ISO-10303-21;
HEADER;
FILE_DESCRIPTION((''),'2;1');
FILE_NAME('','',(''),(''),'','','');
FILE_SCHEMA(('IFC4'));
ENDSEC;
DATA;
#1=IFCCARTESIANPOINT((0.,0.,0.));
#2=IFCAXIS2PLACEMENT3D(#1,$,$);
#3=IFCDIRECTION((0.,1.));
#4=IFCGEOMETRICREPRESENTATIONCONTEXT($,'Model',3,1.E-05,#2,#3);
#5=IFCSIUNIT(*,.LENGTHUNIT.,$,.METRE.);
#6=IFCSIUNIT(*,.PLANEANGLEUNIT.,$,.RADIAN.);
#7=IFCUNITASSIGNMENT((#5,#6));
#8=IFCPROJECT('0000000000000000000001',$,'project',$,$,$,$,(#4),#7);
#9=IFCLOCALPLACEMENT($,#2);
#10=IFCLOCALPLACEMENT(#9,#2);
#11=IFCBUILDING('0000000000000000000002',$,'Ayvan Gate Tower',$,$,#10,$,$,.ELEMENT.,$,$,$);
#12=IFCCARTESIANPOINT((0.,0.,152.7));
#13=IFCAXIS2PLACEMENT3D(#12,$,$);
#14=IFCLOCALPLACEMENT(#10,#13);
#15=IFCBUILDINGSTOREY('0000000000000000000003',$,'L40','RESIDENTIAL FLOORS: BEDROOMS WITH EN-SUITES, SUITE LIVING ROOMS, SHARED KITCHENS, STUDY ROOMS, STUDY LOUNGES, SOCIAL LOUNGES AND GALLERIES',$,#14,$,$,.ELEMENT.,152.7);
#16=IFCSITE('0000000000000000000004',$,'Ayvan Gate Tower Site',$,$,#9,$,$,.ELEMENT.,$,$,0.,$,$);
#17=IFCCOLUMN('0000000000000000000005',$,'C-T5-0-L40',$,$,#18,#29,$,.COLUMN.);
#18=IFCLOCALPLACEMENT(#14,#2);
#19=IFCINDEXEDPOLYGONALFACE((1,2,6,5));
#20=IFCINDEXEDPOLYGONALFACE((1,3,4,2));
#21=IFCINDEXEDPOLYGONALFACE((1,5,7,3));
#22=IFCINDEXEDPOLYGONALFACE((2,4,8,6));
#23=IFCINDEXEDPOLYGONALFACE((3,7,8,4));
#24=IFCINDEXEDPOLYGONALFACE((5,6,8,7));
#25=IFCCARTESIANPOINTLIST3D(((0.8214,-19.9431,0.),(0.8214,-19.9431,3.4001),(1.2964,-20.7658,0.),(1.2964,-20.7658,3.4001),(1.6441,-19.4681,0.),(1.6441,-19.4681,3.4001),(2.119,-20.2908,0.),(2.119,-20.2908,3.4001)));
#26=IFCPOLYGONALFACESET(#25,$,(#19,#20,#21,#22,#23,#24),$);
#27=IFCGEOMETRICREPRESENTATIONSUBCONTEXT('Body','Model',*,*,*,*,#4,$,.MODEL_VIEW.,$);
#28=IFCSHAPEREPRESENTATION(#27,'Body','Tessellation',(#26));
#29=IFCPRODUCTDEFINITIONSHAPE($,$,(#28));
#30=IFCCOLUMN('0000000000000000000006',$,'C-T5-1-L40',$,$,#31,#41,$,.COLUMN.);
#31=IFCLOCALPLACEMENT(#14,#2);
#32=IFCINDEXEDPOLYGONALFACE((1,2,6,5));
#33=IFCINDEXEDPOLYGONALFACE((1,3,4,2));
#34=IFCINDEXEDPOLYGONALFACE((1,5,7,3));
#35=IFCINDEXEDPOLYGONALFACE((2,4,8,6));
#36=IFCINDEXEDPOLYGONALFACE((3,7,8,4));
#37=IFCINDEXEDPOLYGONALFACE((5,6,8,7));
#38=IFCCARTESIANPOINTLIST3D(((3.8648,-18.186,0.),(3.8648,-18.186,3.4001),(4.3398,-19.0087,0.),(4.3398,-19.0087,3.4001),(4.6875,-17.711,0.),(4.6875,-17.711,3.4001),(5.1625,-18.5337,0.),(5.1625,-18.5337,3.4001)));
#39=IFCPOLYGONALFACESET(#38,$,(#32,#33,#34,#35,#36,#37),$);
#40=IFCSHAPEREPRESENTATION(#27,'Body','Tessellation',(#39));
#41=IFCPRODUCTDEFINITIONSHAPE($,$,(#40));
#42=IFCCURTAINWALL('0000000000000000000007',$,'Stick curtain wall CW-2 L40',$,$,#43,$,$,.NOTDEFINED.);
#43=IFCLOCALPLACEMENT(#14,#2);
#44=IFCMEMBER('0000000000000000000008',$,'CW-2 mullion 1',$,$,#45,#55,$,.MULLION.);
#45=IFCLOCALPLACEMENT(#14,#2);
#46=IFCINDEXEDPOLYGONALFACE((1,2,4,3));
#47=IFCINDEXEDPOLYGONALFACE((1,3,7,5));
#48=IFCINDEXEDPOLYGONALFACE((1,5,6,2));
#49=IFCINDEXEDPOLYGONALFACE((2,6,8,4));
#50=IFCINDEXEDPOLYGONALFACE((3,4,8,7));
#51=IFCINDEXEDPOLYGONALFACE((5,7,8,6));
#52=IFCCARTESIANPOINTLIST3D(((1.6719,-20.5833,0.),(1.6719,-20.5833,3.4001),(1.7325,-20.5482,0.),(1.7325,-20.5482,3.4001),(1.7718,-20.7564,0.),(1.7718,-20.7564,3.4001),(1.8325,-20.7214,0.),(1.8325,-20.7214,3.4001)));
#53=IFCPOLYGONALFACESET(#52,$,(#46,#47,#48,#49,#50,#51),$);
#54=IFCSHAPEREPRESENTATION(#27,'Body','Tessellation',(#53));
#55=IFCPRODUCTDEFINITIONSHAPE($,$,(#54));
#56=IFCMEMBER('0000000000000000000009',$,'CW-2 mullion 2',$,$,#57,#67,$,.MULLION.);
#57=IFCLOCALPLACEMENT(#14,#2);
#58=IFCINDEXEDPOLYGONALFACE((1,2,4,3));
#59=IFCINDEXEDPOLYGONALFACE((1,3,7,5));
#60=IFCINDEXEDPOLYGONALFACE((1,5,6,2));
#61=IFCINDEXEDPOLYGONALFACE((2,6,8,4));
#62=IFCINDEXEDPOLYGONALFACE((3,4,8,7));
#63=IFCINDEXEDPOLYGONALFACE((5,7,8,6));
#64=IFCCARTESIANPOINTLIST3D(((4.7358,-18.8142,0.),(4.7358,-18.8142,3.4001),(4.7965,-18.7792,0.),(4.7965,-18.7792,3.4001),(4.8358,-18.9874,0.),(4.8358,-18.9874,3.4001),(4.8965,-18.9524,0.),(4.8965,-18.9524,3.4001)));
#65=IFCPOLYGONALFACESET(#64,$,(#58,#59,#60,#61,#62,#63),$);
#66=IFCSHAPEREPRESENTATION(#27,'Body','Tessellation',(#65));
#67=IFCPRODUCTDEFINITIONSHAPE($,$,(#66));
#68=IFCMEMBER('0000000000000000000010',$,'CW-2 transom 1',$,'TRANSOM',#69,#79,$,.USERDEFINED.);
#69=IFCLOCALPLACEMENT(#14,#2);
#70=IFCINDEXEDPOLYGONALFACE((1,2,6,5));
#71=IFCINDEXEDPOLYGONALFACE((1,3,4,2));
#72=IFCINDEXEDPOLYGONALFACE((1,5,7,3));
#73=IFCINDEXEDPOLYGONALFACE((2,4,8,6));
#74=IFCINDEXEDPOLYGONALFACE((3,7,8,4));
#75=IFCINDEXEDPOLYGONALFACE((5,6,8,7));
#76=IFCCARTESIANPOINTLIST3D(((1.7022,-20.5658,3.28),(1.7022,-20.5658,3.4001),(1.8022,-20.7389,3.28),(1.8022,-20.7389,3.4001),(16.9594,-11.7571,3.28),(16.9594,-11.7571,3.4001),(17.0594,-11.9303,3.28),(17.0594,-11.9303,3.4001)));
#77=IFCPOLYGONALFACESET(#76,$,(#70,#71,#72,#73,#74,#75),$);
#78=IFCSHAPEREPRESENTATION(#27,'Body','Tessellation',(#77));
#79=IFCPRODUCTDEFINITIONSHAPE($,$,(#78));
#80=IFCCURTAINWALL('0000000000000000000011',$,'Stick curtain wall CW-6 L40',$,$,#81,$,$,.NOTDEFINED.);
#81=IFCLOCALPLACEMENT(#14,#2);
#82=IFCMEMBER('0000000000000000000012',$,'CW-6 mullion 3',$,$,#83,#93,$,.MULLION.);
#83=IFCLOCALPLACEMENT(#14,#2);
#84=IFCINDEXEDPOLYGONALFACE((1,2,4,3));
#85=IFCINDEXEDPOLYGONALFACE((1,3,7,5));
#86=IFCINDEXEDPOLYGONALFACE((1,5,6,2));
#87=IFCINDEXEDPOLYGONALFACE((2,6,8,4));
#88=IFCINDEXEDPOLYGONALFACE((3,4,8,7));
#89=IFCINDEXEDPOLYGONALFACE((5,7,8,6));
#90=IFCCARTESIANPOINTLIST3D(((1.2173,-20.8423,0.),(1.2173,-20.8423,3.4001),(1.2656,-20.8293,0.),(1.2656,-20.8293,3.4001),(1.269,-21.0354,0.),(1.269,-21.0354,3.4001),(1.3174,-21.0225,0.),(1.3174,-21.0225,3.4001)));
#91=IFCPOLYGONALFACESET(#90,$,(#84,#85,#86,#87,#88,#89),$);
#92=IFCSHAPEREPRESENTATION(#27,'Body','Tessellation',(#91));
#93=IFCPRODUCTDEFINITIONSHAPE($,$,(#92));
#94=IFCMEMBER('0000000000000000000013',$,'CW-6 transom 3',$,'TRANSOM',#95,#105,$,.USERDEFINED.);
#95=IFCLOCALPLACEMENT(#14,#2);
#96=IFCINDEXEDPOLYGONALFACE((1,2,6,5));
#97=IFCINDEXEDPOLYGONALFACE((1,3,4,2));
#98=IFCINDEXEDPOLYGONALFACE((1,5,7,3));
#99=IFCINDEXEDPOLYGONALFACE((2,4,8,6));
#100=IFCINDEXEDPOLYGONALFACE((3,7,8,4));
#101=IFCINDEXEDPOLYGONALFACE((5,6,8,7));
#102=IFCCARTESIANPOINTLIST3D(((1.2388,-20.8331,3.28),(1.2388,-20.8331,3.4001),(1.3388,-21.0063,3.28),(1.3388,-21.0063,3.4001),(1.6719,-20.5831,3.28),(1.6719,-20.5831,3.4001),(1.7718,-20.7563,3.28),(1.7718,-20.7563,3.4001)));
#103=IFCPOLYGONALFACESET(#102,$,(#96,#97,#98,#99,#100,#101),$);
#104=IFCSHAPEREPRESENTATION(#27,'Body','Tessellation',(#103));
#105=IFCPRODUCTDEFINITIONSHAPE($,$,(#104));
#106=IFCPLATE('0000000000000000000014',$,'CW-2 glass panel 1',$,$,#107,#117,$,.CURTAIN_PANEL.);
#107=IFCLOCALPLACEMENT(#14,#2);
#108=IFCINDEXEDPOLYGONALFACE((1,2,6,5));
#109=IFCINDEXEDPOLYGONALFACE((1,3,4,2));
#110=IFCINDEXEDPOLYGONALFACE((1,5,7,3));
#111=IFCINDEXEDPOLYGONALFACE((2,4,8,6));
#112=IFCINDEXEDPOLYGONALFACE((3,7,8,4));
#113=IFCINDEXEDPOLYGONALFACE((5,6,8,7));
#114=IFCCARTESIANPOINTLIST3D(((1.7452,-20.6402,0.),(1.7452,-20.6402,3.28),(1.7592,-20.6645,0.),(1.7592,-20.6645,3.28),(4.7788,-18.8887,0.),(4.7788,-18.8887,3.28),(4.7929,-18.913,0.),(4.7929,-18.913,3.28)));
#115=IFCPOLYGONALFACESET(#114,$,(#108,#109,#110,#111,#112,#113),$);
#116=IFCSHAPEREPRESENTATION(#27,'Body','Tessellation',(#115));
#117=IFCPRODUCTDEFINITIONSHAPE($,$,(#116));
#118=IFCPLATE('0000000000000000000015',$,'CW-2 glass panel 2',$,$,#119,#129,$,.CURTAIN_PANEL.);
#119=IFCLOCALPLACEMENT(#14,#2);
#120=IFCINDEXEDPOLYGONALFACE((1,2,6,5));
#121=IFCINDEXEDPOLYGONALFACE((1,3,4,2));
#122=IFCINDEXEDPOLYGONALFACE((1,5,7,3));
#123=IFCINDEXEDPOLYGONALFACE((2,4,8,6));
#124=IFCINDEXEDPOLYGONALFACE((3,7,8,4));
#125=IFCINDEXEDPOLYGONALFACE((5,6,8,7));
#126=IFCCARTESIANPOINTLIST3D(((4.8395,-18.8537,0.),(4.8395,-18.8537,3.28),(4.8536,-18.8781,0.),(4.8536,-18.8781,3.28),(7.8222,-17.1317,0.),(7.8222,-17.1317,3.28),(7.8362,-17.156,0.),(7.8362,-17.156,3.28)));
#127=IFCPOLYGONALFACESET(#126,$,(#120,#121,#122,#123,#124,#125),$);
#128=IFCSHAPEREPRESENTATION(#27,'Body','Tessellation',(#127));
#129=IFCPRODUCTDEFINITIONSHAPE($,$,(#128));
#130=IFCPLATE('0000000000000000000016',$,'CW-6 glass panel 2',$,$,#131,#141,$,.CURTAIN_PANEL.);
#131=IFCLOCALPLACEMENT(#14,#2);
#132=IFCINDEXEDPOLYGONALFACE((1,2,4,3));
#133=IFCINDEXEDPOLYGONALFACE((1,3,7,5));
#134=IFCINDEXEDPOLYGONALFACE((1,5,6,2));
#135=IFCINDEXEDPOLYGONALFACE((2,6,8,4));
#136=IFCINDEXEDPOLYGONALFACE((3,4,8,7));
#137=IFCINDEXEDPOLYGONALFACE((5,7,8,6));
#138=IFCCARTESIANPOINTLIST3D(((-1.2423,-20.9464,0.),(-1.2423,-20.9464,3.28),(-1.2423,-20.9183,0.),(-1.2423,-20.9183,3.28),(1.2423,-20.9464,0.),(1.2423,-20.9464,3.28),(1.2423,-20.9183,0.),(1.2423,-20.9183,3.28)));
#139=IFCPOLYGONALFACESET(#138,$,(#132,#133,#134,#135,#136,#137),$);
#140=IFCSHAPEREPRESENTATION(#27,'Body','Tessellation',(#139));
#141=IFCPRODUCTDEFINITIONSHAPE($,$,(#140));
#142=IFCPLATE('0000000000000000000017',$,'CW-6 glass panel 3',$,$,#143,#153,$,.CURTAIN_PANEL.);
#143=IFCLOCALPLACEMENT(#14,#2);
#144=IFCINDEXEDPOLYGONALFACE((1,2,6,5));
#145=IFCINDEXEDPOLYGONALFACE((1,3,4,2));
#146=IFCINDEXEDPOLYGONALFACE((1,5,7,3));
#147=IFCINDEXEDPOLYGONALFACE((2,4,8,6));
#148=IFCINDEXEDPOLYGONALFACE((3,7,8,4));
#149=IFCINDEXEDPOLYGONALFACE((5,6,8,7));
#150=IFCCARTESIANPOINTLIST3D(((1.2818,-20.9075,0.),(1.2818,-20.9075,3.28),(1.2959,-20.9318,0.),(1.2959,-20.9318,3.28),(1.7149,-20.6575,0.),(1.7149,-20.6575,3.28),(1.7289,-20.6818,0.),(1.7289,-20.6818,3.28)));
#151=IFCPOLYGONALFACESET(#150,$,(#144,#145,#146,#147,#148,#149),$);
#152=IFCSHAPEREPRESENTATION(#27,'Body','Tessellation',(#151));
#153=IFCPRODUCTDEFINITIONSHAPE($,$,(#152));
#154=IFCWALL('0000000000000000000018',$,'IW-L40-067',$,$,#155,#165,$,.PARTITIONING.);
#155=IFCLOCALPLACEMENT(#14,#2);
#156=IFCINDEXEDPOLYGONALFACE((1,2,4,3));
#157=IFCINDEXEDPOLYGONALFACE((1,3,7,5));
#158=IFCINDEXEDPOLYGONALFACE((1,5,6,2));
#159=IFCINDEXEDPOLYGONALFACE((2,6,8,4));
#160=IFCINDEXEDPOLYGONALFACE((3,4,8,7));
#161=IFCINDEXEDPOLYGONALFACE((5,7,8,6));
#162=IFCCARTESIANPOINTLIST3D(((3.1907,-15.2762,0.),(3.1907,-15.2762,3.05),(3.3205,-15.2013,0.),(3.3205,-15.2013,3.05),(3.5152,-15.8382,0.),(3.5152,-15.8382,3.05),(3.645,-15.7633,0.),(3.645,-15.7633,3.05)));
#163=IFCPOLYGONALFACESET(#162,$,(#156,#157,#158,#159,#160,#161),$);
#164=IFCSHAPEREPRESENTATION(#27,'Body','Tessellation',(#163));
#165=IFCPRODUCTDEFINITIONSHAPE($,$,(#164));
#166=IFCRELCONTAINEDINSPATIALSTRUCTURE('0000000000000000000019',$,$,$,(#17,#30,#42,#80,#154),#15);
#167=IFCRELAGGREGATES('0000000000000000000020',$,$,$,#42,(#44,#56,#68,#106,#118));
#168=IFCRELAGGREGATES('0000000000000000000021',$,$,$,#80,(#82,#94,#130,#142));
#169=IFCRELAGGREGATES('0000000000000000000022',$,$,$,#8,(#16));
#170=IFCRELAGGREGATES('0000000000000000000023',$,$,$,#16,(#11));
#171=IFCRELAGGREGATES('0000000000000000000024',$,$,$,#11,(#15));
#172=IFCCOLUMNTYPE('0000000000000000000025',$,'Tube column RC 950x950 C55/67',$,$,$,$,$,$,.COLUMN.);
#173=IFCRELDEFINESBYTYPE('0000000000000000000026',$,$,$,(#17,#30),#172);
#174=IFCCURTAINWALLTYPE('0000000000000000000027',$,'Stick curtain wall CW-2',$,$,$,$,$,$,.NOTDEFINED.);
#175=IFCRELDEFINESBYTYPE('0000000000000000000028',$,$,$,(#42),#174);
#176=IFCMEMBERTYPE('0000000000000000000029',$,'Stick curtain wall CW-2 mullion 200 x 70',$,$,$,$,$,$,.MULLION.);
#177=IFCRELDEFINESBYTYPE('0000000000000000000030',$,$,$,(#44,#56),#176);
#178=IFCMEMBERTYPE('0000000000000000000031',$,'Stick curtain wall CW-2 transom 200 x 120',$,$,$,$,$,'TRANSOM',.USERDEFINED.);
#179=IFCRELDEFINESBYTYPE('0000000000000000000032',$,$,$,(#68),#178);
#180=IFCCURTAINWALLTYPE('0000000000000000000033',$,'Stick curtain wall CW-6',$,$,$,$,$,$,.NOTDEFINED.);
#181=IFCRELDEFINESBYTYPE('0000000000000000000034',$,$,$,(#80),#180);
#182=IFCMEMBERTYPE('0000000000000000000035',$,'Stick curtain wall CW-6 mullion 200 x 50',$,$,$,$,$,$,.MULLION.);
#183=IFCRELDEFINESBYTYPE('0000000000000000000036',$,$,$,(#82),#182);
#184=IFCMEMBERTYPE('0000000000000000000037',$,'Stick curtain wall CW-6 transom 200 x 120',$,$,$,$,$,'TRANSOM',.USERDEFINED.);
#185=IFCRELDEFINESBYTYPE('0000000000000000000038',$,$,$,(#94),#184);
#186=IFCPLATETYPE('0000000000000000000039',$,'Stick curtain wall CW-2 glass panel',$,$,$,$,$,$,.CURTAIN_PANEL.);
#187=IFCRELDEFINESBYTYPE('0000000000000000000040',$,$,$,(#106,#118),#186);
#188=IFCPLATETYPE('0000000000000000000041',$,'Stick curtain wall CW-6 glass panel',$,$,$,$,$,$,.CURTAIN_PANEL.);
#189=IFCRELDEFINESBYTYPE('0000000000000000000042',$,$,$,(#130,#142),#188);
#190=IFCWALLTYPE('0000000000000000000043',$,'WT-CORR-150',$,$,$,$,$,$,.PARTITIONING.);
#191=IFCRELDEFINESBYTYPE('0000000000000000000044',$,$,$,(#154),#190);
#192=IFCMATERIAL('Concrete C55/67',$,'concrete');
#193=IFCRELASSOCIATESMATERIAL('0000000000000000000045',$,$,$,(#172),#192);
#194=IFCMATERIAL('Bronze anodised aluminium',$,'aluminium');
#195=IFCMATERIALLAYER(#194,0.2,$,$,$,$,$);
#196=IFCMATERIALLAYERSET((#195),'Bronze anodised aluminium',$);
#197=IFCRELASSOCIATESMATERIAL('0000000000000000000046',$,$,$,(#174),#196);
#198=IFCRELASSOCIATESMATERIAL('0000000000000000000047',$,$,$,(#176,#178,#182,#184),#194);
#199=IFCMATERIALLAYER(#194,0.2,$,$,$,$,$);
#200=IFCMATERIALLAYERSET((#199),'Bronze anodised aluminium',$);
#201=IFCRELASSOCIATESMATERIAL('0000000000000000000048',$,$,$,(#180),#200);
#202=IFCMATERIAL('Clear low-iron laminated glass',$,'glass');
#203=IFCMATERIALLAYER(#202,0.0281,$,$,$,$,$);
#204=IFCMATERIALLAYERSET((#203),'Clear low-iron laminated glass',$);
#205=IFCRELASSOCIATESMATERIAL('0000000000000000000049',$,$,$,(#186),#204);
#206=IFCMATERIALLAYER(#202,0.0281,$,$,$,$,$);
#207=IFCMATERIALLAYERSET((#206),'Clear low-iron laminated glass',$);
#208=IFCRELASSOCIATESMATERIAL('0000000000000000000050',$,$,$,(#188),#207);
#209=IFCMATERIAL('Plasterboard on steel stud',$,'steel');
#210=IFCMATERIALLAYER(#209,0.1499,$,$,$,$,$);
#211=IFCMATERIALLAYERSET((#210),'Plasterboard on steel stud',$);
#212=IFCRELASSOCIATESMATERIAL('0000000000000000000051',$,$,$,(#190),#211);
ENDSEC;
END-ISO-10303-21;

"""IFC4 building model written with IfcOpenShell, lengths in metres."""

from ifc_helpers import new_model, si_unit, direction, frame, frame_2d, origin, origin_2d, place, context, subcontext, project, spatial, rectangle, extrude, material, layer, layer_set, material_profile, profile_set, type_object, element, aggregate, save


model = new_model("IFC4")

# Units and contexts
model_context = context("Model", 3, precision=1e-05, world=origin(), true_north=direction((0.0, 1.0)))
body_context = subcontext(model_context, "Body", "Model", "MODEL_VIEW")
ifc_project = project(units=[si_unit("LENGTHUNIT", "METRE"), si_unit("PLANEANGLEUNIT", "RADIAN")], contexts=[model_context])

# Site, building, storey
site_placement = place(None, origin())
site = spatial("IfcSite", under=ifc_project, at=site_placement, Name="Ayvan Gate Tower Site", CompositionType="ELEMENT", RefElevation=0.0)
building_placement = place(site_placement, origin())
building = spatial("IfcBuilding", under=site, at=building_placement, Name="Ayvan Gate Tower", CompositionType="ELEMENT")
storey_placement = place(building_placement, frame((0.0, 0.0, 152.7)))
storey = spatial("IfcBuildingStorey", under=building, at=storey_placement, Name="L40", Description="RESIDENTIAL FLOORS: BEDROOMS WITH EN-SUITES, SUITE LIVING ROOMS, SHARED KITCHENS, STUDY ROOMS, STUDY LOUNGES, SOCIAL LOUNGES AND GALLERIES", CompositionType="ELEMENT", Elevation=152.7)

# Columns
ifc_material_1 = material(Name="Concrete C55/67", Category="concrete")
ifc_material_profile_1 = material_profile(ifc_material_1, rectangle(XDim=0.95, YDim=0.95, at=origin_2d()), Name="RC 950x950")
ifc_profile_set_1 = profile_set([ifc_material_profile_1], Name="Concrete C55/67")
column_type = type_object("IfcColumnType", Name="Tube column RC 950x950 C55/67", PredefinedType="COLUMN", material=ifc_profile_set_1)
for number, where, z_axis, x_axis, name in (
    (1, (1.4702, -20.1169, 0.0), (0.0, 0.0, 1.0), (0.5, -0.866025, 0.0), "C-T5-0-L40"),
    (2, (4.5137, -18.3599, 0.0), (0.0, 0.0, 1.0), (0.5, -0.866025, 0.0), "C-T5-1-L40"),
):
    element("IfcColumn", number, at=place(storey_placement, frame(where, z_axis=z_axis, x_axis=x_axis)), inside=storey, type_object=column_type, Name=name, PredefinedType="COLUMN", context=body_context, shape_type="SweptSolid", body=[
        extrude(rectangle(XDim=0.95, YDim=0.95, at=origin_2d()), origin(), (0.0, 0.0, 1.0), 3.4001),
    ])

# Curtain walls, members
ifc_material_2 = material(Name="Bronze anodised aluminium", Category="aluminium")
ifc_layer_1 = layer(ifc_material_2, 0.2)
ifc_layer_set_1 = layer_set([ifc_layer_1], Name="Bronze anodised aluminium")
curtain_wall_type_1 = type_object("IfcCurtainWallType", Name="Stick curtain wall CW-2", PredefinedType="NOTDEFINED", material=ifc_layer_set_1)
curtain_wall_1_placement = place(storey_placement, origin())
curtain_wall_1 = element("IfcCurtainWall", 3, at=curtain_wall_1_placement, inside=storey, type_object=curtain_wall_type_1, Name="Stick curtain wall CW-2 L40", PredefinedType="NOTDEFINED")
ifc_material_profile_2 = material_profile(ifc_material_2, rectangle(XDim=0.2, YDim=0.0701, at=origin_2d()), Name="Stick curtain wall CW-2 mullion 200 x 70")
ifc_profile_set_2 = profile_set([ifc_material_profile_2], Name="Bronze anodised aluminium")
member_type_1 = type_object("IfcMemberType", Name="Stick curtain wall CW-2 mullion 200 x 70", PredefinedType="MULLION", material=ifc_profile_set_2)
member_1_placement = place(storey_placement, frame((1.7522, -20.6523, 0.0), z_axis=(0.0, 0.0, 1.0), x_axis=(0.5, -0.866025, 0.0)))
member_1 = element("IfcMember", 4, at=member_1_placement, type_object=member_type_1, Name="CW-2 mullion 1", PredefinedType="MULLION", context=body_context, shape_type="SweptSolid", body=[
    extrude(rectangle(XDim=0.2, YDim=0.0701, at=origin_2d()), origin(), (0.0, 0.0, 1.0), 3.4001),
])
member_2_placement = place(storey_placement, frame((4.8162, -18.8833, 0.0), z_axis=(0.0, 0.0, 1.0), x_axis=(0.5, -0.866025, 0.0)))
member_2 = element("IfcMember", 5, at=member_2_placement, type_object=member_type_1, Name="CW-2 mullion 2", PredefinedType="MULLION", context=body_context, shape_type="SweptSolid", body=[
    extrude(rectangle(XDim=0.2, YDim=0.0701, at=origin_2d()), origin(), (0.0, 0.0, 1.0), 3.4001),
])
ifc_material_profile_3 = material_profile(ifc_material_2, rectangle(XDim=0.2, YDim=0.1201, at=origin_2d()), Name="Stick curtain wall CW-2 transom 200 x 120")
ifc_profile_set_3 = profile_set([ifc_material_profile_3], Name="Bronze anodised aluminium")
member_type_2 = type_object("IfcMemberType", Name="Stick curtain wall CW-2 transom 200 x 120", ElementType="TRANSOM", PredefinedType="USERDEFINED", material=ifc_profile_set_3)
member_3_placement = place(storey_placement, frame((1.7522, -20.6523, 3.3401), z_axis=(0.866028, 0.499996, 0.0), x_axis=(-0.499996, 0.866028, 0.0)))
member_3 = element("IfcMember", 6, at=member_3_placement, type_object=member_type_2, Name="CW-2 transom 1", ObjectType="TRANSOM", PredefinedType="USERDEFINED", context=body_context, shape_type="SweptSolid", body=[
    extrude(rectangle(XDim=0.2, YDim=0.1201, at=origin_2d()), origin(), (0.0, 0.0, 1.0), 17.6174),
])
ifc_layer_2 = layer(ifc_material_2, 0.2)
ifc_layer_set_2 = layer_set([ifc_layer_2], Name="Bronze anodised aluminium")
curtain_wall_type_2 = type_object("IfcCurtainWallType", Name="Stick curtain wall CW-6", PredefinedType="NOTDEFINED", material=ifc_layer_set_2)
curtain_wall_2_placement = place(storey_placement, origin())
curtain_wall_2 = element("IfcCurtainWall", 7, at=curtain_wall_2_placement, inside=storey, type_object=curtain_wall_type_2, Name="Stick curtain wall CW-6 L40", PredefinedType="NOTDEFINED")
ifc_material_profile_4 = material_profile(ifc_material_2, rectangle(XDim=0.2, YDim=0.05, at=origin_2d()), Name="Stick curtain wall CW-6 mullion 200 x 50")
ifc_profile_set_4 = profile_set([ifc_material_profile_4], Name="Bronze anodised aluminium")
member_type_3 = type_object("IfcMemberType", Name="Stick curtain wall CW-6 mullion 200 x 50", PredefinedType="MULLION", material=ifc_profile_set_4)
member_4_placement = place(storey_placement, frame((1.2673, -20.9324, 0.0), z_axis=(0.0, 0.0, 1.0), x_axis=(0.258819, -0.965926, 0.0)))
member_4 = element("IfcMember", 8, at=member_4_placement, type_object=member_type_3, Name="CW-6 mullion 3", PredefinedType="MULLION", context=body_context, shape_type="SweptSolid", body=[
    extrude(rectangle(XDim=0.2, YDim=0.05, at=origin_2d()), origin(), (0.0, 0.0, 1.0), 3.4001),
])
ifc_material_profile_5 = material_profile(ifc_material_2, rectangle(XDim=0.2, YDim=0.1201, at=origin_2d()), Name="Stick curtain wall CW-6 transom 200 x 120")
ifc_profile_set_5 = profile_set([ifc_material_profile_5], Name="Bronze anodised aluminium")
member_type_4 = type_object("IfcMemberType", Name="Stick curtain wall CW-6 transom 200 x 120", ElementType="TRANSOM", PredefinedType="USERDEFINED", material=ifc_profile_set_5)
member_5_placement = place(storey_placement, frame((1.2888, -20.9197, 3.3401), z_axis=(0.866072, 0.49992, 0.0), x_axis=(-0.49992, 0.866072, 0.0)))
member_5 = element("IfcMember", 9, at=member_5_placement, type_object=member_type_4, Name="CW-6 transom 3", ObjectType="TRANSOM", PredefinedType="USERDEFINED", context=body_context, shape_type="SweptSolid", body=[
    extrude(rectangle(XDim=0.2, YDim=0.1201, at=origin_2d()), origin(), (0.0, 0.0, 1.0), 0.5),
])

# Plates
ifc_material_3 = material(Name="Clear low-iron laminated glass", Category="glass")
ifc_layer_3 = layer(ifc_material_3, 0.0281)
ifc_layer_set_3 = layer_set([ifc_layer_3], Name="Clear low-iron laminated glass")
plate_type_1 = type_object("IfcPlateType", Name="Stick curtain wall CW-2 glass panel", PredefinedType="CURTAIN_PANEL", material=ifc_layer_set_3)
plate_1_placement = place(storey_placement, frame((3.269, -19.7766, 0.0), z_axis=(0.0, 0.0, 1.0), x_axis=(0.866025, 0.5, 0.0)))
plate_1 = element("IfcPlate", 10, at=plate_1_placement, type_object=plate_type_1, Name="CW-2 glass panel 1", PredefinedType="CURTAIN_PANEL", context=body_context, shape_type="SweptSolid", body=[
    extrude(rectangle(XDim=3.5029, YDim=0.0281, at=origin_2d()), origin(), (0.0, 0.0, 1.0), 3.28),
])
plate_2_placement = place(storey_placement, frame((6.3379, -18.0049, 0.0), z_axis=(0.0, 0.0, 1.0), x_axis=(0.866025, 0.5, 0.0)))
plate_2 = element("IfcPlate", 11, at=plate_2_placement, type_object=plate_type_1, Name="CW-2 glass panel 2", PredefinedType="CURTAIN_PANEL", context=body_context, shape_type="SweptSolid", body=[
    extrude(rectangle(XDim=3.4441, YDim=0.0281, at=origin_2d()), origin(), (0.0, 0.0, 1.0), 3.28),
])
aggregate(curtain_wall_1, [member_1, member_2, member_3, plate_1, plate_2])
ifc_layer_4 = layer(ifc_material_3, 0.0281)
ifc_layer_set_4 = layer_set([ifc_layer_4], Name="Clear low-iron laminated glass")
plate_type_2 = type_object("IfcPlateType", Name="Stick curtain wall CW-6 glass panel", PredefinedType="CURTAIN_PANEL", material=ifc_layer_set_4)
plate_3_placement = place(storey_placement, frame((0.0, -20.9324, 0.0), z_axis=(0.0, 0.0, 1.0), x_axis=(1.0, 0.0, 0.0)))
plate_3 = element("IfcPlate", 12, at=plate_3_placement, type_object=plate_type_2, Name="CW-6 glass panel 2", PredefinedType="CURTAIN_PANEL", context=body_context, shape_type="SweptSolid", body=[
    extrude(rectangle(XDim=2.4846, YDim=0.0281, at=origin_2d()), origin(), (0.0, 0.0, 1.0), 3.28),
])
plate_4_placement = place(storey_placement, frame((1.5054, -20.7947, 0.0), z_axis=(0.0, 0.0, 1.0), x_axis=(0.866025, 0.5, 0.0)))
plate_4 = element("IfcPlate", 13, at=plate_4_placement, type_object=plate_type_2, Name="CW-6 glass panel 3", PredefinedType="CURTAIN_PANEL", context=body_context, shape_type="SweptSolid", body=[
    extrude(rectangle(XDim=0.5, YDim=0.0281, at=origin_2d()), origin(), (0.0, 0.0, 1.0), 3.28),
])
aggregate(curtain_wall_2, [member_4, member_5, plate_3, plate_4])

# Wall
ifc_material_4 = material(Name="Plasterboard on steel stud", Category="steel")
ifc_layer_5 = layer(ifc_material_4, 0.1499)
ifc_layer_set_5 = layer_set([ifc_layer_5], Name="Plasterboard on steel stud")
wall_type_1 = type_object("IfcWallType", Name="WT-CORR-150", PredefinedType="PARTITIONING", material=ifc_layer_set_5)
wall_1_placement = place(storey_placement, frame((3.2556, -15.2388, 0.0), z_axis=(0.0, 0.0, 1.0), x_axis=(0.499983, -0.866035, 0.0)))
element("IfcWall", 14, at=wall_1_placement, inside=storey, type_object=wall_type_1, Name="IW-L40-067", PredefinedType="PARTITIONING", context=body_context, shape_type="SweptSolid", body=[
    extrude(rectangle(XDim=0.6489, YDim=0.1499, at=frame_2d((0.3245, 0.0))), origin(), (0.0, 0.0, 1.0), 3.05),
])

save(model, "model.ifc")
